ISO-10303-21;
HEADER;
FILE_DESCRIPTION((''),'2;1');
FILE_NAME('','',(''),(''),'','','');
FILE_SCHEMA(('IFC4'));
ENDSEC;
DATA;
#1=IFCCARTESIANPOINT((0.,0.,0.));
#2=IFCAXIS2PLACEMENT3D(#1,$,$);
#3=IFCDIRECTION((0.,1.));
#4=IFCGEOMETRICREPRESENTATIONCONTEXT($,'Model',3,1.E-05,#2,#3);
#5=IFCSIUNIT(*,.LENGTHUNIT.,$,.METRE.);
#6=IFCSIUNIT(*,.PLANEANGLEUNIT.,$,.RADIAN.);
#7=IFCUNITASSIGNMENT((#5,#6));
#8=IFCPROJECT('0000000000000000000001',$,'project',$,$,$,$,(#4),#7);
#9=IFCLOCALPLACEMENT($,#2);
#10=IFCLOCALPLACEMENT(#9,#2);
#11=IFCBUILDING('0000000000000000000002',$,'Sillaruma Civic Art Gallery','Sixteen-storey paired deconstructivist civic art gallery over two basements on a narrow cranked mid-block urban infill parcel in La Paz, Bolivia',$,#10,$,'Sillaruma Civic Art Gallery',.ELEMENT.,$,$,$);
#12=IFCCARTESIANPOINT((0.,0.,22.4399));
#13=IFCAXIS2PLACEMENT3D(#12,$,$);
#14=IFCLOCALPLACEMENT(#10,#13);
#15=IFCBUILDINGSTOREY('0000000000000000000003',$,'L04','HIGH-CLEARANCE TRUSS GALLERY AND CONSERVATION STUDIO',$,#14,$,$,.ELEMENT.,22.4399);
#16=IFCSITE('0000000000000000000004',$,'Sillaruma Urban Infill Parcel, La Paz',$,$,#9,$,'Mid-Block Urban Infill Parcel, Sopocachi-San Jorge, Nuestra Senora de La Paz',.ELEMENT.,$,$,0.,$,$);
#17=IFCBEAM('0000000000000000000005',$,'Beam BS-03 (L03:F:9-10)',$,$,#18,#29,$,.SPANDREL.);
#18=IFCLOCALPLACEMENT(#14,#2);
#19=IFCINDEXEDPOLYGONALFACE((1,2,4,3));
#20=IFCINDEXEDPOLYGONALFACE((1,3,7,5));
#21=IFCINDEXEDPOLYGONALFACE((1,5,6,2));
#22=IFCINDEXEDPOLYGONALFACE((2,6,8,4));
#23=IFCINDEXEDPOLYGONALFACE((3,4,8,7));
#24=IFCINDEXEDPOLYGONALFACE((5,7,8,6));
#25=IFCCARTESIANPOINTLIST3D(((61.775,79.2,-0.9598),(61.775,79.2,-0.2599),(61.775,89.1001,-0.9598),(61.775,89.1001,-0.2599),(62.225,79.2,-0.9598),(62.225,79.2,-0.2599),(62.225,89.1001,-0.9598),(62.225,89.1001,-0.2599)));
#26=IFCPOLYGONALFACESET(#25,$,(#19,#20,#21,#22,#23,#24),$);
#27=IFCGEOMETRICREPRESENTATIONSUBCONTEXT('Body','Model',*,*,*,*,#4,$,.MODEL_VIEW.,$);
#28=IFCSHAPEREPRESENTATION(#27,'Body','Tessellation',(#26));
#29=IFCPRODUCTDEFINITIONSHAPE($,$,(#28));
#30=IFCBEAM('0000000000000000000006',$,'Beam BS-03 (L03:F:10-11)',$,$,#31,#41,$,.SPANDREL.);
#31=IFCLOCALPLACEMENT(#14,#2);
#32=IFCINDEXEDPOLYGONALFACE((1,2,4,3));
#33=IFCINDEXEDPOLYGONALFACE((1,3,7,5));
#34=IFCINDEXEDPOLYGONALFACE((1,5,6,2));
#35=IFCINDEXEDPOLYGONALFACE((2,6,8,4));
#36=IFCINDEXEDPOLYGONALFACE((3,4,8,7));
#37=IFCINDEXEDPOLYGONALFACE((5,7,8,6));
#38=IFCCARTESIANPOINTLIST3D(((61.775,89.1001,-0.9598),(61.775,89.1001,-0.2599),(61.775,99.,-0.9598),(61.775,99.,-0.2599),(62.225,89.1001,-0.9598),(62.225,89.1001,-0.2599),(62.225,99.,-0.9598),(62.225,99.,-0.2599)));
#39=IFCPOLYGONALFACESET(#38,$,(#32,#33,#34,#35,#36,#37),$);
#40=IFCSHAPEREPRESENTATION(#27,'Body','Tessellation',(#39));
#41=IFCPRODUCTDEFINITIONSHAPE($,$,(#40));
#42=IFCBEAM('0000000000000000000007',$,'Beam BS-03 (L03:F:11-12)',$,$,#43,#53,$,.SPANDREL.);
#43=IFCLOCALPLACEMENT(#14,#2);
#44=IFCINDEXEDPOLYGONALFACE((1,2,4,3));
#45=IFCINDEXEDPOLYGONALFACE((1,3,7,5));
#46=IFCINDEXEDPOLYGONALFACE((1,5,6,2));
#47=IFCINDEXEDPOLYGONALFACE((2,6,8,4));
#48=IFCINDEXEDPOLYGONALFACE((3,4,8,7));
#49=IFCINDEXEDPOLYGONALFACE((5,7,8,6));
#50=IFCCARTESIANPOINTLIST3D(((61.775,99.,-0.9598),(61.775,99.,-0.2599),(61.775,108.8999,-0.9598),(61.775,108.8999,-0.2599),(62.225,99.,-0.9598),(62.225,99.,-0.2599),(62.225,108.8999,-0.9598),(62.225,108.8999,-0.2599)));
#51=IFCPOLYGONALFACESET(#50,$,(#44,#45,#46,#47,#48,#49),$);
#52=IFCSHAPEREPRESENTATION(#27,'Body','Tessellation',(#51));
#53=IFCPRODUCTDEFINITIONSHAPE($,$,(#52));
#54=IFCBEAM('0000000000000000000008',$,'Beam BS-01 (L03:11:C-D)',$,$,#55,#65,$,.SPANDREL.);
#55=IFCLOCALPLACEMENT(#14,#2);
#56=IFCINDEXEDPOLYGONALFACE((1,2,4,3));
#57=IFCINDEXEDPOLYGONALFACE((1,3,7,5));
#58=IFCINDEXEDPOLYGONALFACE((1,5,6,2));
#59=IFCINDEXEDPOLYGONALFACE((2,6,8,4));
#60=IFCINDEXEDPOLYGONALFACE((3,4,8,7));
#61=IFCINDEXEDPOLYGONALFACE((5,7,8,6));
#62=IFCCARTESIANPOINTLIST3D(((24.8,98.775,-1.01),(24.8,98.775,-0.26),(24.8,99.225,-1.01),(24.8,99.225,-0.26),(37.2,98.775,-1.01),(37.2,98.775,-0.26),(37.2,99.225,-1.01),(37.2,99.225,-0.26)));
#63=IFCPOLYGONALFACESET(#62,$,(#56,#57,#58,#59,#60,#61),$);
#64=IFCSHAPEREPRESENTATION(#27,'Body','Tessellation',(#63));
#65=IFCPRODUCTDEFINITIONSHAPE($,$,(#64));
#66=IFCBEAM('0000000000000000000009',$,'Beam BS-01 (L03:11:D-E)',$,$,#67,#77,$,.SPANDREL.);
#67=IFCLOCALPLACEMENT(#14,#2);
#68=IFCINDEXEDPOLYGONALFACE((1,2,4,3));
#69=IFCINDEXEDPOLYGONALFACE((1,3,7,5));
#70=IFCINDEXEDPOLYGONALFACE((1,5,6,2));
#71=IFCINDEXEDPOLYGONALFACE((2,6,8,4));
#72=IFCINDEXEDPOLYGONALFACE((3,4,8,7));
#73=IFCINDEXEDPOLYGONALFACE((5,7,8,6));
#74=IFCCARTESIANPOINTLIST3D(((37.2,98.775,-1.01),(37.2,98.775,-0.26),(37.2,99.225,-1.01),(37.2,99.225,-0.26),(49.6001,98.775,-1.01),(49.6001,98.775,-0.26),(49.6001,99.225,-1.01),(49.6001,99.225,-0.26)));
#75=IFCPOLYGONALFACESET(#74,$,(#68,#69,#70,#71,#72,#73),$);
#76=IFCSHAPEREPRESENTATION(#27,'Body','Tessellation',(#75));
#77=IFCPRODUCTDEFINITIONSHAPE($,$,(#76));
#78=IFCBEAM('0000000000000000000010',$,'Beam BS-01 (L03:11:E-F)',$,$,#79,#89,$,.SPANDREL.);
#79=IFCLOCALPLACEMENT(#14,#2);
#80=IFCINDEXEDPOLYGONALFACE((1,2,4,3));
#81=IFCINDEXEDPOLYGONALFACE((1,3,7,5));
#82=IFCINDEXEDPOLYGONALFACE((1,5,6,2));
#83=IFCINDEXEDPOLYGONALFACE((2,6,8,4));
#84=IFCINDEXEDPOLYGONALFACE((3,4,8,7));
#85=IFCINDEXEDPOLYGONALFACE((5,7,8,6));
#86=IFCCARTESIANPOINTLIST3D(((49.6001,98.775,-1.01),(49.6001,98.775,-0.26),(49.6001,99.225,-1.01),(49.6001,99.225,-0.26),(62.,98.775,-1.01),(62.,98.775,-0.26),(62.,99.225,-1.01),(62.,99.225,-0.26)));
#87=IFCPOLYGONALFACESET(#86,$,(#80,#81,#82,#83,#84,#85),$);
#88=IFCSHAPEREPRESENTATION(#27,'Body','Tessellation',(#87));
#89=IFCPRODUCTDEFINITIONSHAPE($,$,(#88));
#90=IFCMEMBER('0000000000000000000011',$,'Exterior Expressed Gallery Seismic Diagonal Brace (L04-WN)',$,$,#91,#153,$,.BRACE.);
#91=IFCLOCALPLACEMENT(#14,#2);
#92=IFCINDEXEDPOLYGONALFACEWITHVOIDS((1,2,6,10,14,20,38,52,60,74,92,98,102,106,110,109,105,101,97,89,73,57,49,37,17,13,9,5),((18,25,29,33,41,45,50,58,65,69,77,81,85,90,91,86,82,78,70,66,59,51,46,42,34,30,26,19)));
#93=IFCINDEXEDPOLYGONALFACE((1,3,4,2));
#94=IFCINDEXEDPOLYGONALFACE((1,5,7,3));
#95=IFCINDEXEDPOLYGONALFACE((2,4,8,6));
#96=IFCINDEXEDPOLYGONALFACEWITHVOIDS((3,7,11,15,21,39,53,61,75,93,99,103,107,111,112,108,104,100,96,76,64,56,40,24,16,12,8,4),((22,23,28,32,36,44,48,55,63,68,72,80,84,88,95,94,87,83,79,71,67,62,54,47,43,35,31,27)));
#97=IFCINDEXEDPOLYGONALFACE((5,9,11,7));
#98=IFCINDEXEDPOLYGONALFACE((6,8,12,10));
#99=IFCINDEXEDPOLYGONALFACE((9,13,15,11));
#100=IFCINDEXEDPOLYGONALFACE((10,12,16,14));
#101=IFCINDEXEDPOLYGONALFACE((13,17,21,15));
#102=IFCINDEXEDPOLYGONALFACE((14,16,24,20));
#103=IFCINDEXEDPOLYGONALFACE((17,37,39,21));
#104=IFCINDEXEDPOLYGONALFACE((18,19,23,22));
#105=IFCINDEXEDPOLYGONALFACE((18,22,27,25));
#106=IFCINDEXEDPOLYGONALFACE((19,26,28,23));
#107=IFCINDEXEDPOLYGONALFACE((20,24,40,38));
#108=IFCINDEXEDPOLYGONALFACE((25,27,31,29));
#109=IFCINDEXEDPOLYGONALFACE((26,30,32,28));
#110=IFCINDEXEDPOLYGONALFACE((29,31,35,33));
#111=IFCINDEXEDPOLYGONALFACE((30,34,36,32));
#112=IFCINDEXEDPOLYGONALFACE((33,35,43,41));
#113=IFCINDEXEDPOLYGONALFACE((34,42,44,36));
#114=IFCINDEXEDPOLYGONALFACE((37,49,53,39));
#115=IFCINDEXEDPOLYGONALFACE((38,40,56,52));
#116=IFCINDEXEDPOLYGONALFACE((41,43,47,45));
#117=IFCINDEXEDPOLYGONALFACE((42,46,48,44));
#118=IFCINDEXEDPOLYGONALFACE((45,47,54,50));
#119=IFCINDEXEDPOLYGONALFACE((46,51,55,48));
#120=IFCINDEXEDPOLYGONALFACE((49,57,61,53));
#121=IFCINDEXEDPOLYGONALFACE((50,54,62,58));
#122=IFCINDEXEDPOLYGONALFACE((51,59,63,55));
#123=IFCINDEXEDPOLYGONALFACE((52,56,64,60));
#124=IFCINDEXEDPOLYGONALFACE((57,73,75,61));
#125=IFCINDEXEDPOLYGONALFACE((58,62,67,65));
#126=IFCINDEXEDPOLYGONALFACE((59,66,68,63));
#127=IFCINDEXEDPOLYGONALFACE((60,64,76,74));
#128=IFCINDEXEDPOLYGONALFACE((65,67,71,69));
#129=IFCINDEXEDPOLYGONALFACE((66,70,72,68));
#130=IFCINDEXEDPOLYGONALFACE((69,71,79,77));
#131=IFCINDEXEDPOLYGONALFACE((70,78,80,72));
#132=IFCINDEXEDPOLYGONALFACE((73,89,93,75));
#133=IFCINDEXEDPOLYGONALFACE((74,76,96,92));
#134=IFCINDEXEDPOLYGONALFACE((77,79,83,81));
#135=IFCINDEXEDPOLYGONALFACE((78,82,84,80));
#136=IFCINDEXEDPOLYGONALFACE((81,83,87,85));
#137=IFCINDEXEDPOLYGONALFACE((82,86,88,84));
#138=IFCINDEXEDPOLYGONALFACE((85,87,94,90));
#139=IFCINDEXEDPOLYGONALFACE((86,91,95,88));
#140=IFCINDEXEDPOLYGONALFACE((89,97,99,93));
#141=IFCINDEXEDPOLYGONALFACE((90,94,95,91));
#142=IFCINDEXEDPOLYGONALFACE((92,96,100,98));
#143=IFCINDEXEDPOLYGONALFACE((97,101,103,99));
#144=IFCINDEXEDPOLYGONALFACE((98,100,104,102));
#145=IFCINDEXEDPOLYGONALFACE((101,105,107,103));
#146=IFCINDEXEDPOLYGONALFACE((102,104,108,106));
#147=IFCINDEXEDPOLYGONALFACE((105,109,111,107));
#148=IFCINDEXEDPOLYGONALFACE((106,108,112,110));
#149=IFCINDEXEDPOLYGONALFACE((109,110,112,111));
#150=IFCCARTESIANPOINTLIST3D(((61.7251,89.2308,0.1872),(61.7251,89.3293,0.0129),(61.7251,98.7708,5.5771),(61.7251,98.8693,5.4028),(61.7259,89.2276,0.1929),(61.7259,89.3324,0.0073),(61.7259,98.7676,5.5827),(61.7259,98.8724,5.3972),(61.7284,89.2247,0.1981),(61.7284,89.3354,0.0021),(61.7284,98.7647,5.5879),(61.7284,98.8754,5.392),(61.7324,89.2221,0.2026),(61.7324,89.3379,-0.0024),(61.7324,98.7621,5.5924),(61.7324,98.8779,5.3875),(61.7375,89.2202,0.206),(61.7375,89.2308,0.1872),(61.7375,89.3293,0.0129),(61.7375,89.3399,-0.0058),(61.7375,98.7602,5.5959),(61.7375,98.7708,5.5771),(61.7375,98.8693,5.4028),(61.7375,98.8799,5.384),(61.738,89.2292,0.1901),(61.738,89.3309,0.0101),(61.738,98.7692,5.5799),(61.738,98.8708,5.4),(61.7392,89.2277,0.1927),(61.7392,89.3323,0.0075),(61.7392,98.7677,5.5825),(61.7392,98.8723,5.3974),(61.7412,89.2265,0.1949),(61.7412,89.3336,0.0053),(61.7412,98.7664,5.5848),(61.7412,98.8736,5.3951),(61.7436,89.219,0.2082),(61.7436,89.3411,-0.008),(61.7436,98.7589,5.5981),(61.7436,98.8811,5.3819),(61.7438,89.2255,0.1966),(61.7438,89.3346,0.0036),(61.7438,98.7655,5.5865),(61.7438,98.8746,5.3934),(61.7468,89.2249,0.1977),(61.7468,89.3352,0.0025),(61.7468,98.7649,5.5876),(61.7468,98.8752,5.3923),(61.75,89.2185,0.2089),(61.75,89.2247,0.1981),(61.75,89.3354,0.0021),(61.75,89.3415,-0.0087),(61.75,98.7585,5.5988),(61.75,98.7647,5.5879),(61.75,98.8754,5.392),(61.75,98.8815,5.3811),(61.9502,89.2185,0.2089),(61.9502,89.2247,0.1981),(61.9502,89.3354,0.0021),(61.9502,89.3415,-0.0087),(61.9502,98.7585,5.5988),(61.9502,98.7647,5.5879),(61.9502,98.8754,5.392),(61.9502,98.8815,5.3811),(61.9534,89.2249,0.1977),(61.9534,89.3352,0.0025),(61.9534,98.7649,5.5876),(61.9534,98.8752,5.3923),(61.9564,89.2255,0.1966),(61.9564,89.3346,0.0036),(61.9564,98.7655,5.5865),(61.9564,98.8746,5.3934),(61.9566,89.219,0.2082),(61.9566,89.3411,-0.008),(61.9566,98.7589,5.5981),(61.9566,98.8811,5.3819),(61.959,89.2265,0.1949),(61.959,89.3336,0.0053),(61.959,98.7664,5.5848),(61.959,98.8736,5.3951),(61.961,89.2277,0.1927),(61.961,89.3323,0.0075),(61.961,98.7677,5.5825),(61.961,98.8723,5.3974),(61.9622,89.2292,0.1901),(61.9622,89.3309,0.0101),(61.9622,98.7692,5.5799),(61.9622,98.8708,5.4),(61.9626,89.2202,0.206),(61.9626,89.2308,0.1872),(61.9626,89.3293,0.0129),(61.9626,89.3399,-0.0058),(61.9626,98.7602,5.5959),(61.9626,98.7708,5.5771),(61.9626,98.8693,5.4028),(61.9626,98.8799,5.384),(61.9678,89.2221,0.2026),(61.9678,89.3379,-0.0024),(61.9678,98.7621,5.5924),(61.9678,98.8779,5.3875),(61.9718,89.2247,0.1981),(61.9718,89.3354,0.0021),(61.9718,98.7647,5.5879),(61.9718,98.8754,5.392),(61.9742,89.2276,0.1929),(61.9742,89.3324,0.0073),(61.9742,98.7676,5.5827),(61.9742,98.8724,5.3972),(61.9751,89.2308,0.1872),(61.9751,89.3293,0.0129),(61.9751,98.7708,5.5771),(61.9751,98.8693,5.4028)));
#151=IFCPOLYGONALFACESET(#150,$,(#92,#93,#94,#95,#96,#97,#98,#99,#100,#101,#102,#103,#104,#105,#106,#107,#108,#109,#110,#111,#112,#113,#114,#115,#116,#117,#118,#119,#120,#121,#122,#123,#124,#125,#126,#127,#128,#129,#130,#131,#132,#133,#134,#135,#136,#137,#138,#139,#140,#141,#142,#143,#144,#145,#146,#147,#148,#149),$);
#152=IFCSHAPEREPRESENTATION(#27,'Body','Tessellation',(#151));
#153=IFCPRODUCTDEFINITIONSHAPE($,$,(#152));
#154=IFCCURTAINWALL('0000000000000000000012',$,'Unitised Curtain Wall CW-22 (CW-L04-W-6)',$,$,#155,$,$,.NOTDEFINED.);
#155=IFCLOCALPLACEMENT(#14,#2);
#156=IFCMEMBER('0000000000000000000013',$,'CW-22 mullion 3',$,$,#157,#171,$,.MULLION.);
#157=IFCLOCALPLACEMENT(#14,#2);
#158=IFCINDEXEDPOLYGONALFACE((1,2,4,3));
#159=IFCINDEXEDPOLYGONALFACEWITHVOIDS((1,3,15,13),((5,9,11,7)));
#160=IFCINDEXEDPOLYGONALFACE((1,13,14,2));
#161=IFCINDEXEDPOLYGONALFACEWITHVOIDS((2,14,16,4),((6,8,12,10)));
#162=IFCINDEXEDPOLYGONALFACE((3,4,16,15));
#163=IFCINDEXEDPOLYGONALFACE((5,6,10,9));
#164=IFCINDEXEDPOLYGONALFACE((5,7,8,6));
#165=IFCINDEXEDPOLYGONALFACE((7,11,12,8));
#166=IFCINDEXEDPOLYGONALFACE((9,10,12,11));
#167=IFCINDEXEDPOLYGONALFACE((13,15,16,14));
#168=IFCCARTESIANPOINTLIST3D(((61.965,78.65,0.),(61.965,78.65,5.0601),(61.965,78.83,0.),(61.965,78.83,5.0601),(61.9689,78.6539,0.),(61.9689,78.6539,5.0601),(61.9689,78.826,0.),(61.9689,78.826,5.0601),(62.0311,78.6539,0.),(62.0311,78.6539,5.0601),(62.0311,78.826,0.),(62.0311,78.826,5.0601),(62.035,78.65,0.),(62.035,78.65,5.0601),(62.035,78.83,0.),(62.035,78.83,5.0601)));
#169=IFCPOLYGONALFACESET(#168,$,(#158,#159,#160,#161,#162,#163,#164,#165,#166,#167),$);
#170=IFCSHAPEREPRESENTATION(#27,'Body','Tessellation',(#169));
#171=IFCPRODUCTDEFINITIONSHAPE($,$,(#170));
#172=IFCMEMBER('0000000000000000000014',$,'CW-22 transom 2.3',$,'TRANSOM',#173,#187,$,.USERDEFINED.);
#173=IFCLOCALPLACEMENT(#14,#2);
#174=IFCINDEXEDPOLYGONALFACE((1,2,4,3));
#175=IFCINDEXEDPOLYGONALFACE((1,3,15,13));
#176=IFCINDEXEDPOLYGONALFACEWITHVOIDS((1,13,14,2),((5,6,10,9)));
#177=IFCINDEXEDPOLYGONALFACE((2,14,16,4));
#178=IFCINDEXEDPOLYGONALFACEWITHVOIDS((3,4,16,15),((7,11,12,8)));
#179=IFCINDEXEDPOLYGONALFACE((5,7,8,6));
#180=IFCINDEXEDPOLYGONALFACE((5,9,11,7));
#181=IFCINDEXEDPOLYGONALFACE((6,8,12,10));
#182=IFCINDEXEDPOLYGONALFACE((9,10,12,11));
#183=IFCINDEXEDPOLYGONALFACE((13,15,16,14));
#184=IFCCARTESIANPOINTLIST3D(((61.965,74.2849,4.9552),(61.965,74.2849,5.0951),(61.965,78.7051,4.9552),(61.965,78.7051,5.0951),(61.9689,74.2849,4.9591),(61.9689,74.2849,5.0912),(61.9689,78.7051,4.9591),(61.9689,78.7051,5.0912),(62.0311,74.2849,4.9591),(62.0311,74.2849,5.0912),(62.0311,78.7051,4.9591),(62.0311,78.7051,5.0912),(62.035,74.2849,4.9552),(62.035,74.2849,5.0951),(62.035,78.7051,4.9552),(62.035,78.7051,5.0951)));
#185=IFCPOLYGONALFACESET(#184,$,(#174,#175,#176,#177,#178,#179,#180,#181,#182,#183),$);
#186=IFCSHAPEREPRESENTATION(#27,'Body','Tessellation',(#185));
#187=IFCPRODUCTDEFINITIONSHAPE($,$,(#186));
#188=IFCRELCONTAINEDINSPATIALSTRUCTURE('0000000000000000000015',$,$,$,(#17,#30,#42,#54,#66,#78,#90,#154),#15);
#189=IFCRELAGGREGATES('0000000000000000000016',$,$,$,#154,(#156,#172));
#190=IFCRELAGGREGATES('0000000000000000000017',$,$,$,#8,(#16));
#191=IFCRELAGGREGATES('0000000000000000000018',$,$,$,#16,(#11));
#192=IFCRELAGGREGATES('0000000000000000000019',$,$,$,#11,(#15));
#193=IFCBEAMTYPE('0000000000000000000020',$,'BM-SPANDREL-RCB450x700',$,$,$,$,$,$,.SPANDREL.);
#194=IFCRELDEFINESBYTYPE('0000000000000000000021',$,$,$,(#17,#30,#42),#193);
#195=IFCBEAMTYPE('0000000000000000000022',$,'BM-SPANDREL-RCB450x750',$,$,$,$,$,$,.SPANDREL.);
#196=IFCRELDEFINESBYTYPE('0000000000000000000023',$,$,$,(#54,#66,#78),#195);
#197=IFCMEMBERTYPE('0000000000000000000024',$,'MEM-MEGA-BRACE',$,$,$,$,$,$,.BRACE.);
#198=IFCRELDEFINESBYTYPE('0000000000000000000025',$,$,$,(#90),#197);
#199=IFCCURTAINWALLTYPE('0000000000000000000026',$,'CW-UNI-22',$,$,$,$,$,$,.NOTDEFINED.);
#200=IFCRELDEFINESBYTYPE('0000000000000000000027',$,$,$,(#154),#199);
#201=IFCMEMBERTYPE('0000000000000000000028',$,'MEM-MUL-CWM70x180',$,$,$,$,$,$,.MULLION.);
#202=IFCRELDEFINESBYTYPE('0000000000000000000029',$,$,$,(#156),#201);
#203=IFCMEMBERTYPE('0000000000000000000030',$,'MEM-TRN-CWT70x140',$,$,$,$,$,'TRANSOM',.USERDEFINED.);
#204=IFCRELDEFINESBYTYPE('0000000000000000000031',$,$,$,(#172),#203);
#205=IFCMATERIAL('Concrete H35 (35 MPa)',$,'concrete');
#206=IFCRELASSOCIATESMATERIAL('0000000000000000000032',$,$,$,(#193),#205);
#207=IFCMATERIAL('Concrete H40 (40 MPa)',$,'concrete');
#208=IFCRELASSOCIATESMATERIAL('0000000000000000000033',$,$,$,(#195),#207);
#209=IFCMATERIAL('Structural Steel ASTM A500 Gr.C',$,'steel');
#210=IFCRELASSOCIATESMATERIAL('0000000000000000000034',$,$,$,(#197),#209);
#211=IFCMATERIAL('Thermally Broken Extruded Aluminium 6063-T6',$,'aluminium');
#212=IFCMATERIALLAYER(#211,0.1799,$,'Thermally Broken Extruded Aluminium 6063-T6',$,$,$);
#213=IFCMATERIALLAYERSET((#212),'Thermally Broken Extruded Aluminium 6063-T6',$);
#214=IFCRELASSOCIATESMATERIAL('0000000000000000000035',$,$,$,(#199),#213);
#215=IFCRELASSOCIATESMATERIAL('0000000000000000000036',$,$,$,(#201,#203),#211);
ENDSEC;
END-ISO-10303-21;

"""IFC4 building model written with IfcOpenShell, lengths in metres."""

from ifc_helpers import new_model, si_unit, direction, frame, origin, origin_2d, place, context, subcontext, project, spatial, rectangle, hollow_rectangle, extrude, material, layer, layer_set, material_profile, profile_set, type_object, element, aggregate, save


model = new_model("IFC4")

# Units and contexts
model_context = context("Model", 3, precision=1e-05, world=origin(), true_north=direction((0.0, 1.0)))
body_context = subcontext(model_context, "Body", "Model", "MODEL_VIEW")
ifc_project = project(units=[si_unit("LENGTHUNIT", "METRE"), si_unit("PLANEANGLEUNIT", "RADIAN")], contexts=[model_context])

# Site, building, storey
site_placement = place(None, origin())
site = spatial("IfcSite", under=ifc_project, at=site_placement, Name="Sillaruma Urban Infill Parcel, La Paz", LongName="Mid-Block Urban Infill Parcel, Sopocachi-San Jorge, Nuestra Senora de La Paz", CompositionType="ELEMENT", RefElevation=0.0)
building_placement = place(site_placement, origin())
building = spatial("IfcBuilding", under=site, at=building_placement, Name="Sillaruma Civic Art Gallery", Description="Sixteen-storey paired deconstructivist civic art gallery over two basements on a narrow cranked mid-block urban infill parcel in La Paz, Bolivia", LongName="Sillaruma Civic Art Gallery", CompositionType="ELEMENT")
storey_placement = place(building_placement, frame((0.0, 0.0, 22.4399)))
storey = spatial("IfcBuildingStorey", under=building, at=storey_placement, Name="L04", Description="HIGH-CLEARANCE TRUSS GALLERY AND CONSERVATION STUDIO", CompositionType="ELEMENT", Elevation=22.4399)

# Shared definitions
ifc_material_1 = material(Name="Concrete H40 (40 MPa)", Category="concrete")

# Beams
ifc_material_2 = material(Name="Concrete H35 (35 MPa)", Category="concrete")
ifc_material_profile_1 = material_profile(ifc_material_2, rectangle(XDim=0.45, YDim=0.7, at=origin_2d()), Name="RCB450x700")
ifc_profile_set_1 = profile_set([ifc_material_profile_1], Name="Concrete H35 (35 MPa)")
beam_type_1 = type_object("IfcBeamType", Name="BM-SPANDREL-RCB450x700", PredefinedType="SPANDREL", material=ifc_profile_set_1)
beam_1_placement = place(storey_placement, frame((62.0, 79.2, -0.6099), z_axis=(0.0, 1.0, 0.0), x_axis=(-1.0, 0.0, 0.0)))
element("IfcBeam", 1, at=beam_1_placement, inside=storey, type_object=beam_type_1, Name="Beam BS-03 (L03:F:9-10)", PredefinedType="SPANDREL", context=body_context, shape_type="SweptSolid", body=[
    extrude(rectangle(XDim=0.45, YDim=0.7, at=origin_2d()), origin(), (0.0, 0.0, 1.0), 9.9001),
])
for number, where, z_axis, x_axis, name in (
    (2, (62.0, 89.1001, -0.6099), (0.0, 1.0, 0.0), (-1.0, 0.0, 0.0), "Beam BS-03 (L03:F:10-11)"),
    (3, (62.0, 99.0, -0.6099), (0.0, 1.0, 0.0), (-1.0, 0.0, 0.0), "Beam BS-03 (L03:F:11-12)"),
):
    element("IfcBeam", number, at=place(storey_placement, frame(where, z_axis=z_axis, x_axis=x_axis)), inside=storey, type_object=beam_type_1, Name=name, PredefinedType="SPANDREL", context=body_context, shape_type="SweptSolid", body=[
        extrude(rectangle(XDim=0.45, YDim=0.7, at=origin_2d()), origin(), (0.0, 0.0, 1.0), 9.8999),
    ])
ifc_material_profile_2 = material_profile(ifc_material_1, rectangle(XDim=0.45, YDim=0.75, at=origin_2d()), Name="RCB450x750")
ifc_profile_set_2 = profile_set([ifc_material_profile_2], Name="Concrete H40 (40 MPa)")
beam_type_2 = type_object("IfcBeamType", Name="BM-SPANDREL-RCB450x750", PredefinedType="SPANDREL", material=ifc_profile_set_2)
beam_2_placement = place(storey_placement, frame((24.8, 99.0, -0.635), z_axis=(1.0, 0.0, 0.0), x_axis=(0.0, 1.0, 0.0)))
element("IfcBeam", 4, at=beam_2_placement, inside=storey, type_object=beam_type_2, Name="Beam BS-01 (L03:11:C-D)", PredefinedType="SPANDREL", context=body_context, shape_type="SweptSolid", body=[
    extrude(rectangle(XDim=0.45, YDim=0.75, at=origin_2d()), origin(), (0.0, 0.0, 1.0), 12.3999),
])
beam_3_placement = place(storey_placement, frame((37.2, 99.0, -0.635), z_axis=(1.0, 0.0, 0.0), x_axis=(0.0, 1.0, 0.0)))
element("IfcBeam", 5, at=beam_3_placement, inside=storey, type_object=beam_type_2, Name="Beam BS-01 (L03:11:D-E)", PredefinedType="SPANDREL", context=body_context, shape_type="SweptSolid", body=[
    extrude(rectangle(XDim=0.45, YDim=0.75, at=origin_2d()), origin(), (0.0, 0.0, 1.0), 12.4001),
])
beam_4_placement = place(storey_placement, frame((49.6001, 99.0, -0.635), z_axis=(1.0, 0.0, 0.0), x_axis=(0.0, 1.0, 0.0)))
element("IfcBeam", 6, at=beam_4_placement, inside=storey, type_object=beam_type_2, Name="Beam BS-01 (L03:11:E-F)", PredefinedType="SPANDREL", context=body_context, shape_type="SweptSolid", body=[
    extrude(rectangle(XDim=0.45, YDim=0.75, at=origin_2d()), origin(), (0.0, 0.0, 1.0), 12.3999),
])

# Member
ifc_material_3 = material(Name="Structural Steel ASTM A500 Gr.C", Category="steel")
ifc_material_profile_3 = material_profile(ifc_material_3, hollow_rectangle(XDim=0.25, YDim=0.25, WallThickness=0.0125, InnerFilletRadius=0.0125, OuterFilletRadius=0.0249, at=origin_2d()), Name="HSS250x250x12.5")
ifc_profile_set_3 = profile_set([ifc_material_profile_3], Name="Structural Steel ASTM A500 Gr.C")
member_type_1 = type_object("IfcMemberType", Name="MEM-MEGA-BRACE", PredefinedType="BRACE", material=ifc_profile_set_3)
member_1_placement = place(storey_placement, frame((61.8501, 89.28, 0.1001), z_axis=(0.0, 0.870653, 0.491898), x_axis=(-1.0, 0.0, 0.0)))
element("IfcMember", 7, at=member_1_placement, inside=storey, type_object=member_type_1, Name="Exterior Expressed Gallery Seismic Diagonal Brace (L04-WN)", PredefinedType="BRACE", context=body_context, shape_type="SweptSolid", body=[
    extrude(hollow_rectangle(XDim=0.25, YDim=0.25, WallThickness=0.0125, InnerFilletRadius=0.0125, OuterFilletRadius=0.0249, at=origin_2d()), origin(), (0.0, 0.0, 1.0), 10.9573),
])

# Curtain wall, members
ifc_material_4 = material(Name="Thermally Broken Extruded Aluminium 6063-T6", Category="aluminium")
ifc_layer_1 = layer(ifc_material_4, 0.1799, Name="Thermally Broken Extruded Aluminium 6063-T6")
ifc_layer_set_1 = layer_set([ifc_layer_1], Name="Thermally Broken Extruded Aluminium 6063-T6")
curtain_wall_type = type_object("IfcCurtainWallType", Name="CW-UNI-22", PredefinedType="NOTDEFINED", material=ifc_layer_set_1)
curtain_wall_placement = place(storey_placement, origin())
curtain_wall = element("IfcCurtainWall", 8, at=curtain_wall_placement, inside=storey, type_object=curtain_wall_type, Name="Unitised Curtain Wall CW-22 (CW-L04-W-6)", PredefinedType="NOTDEFINED")
ifc_material_profile_4 = material_profile(ifc_material_4, hollow_rectangle(XDim=0.0701, YDim=0.1799, WallThickness=0.0039, at=origin_2d()), Name="CWM70x180")
ifc_profile_set_4 = profile_set([ifc_material_profile_4], Name="Thermally Broken Extruded Aluminium 6063-T6")
member_type_2 = type_object("IfcMemberType", Name="MEM-MUL-CWM70x180", PredefinedType="MULLION", material=ifc_profile_set_4)
member_2_placement = place(storey_placement, frame((62.0, 78.74, 0.0), z_axis=(0.0, 0.0, 1.0), x_axis=(-1.0, 0.0, 0.0)))
member_2 = element("IfcMember", 9, at=member_2_placement, type_object=member_type_2, Name="CW-22 mullion 3", PredefinedType="MULLION", context=body_context, shape_type="SweptSolid", body=[
    extrude(hollow_rectangle(XDim=0.0701, YDim=0.1799, WallThickness=0.0039, at=origin_2d()), origin(), (0.0, 0.0, 1.0), 5.0601),
])
ifc_material_profile_5 = material_profile(ifc_material_4, hollow_rectangle(XDim=0.0701, YDim=0.1399, WallThickness=0.0039, at=origin_2d()), Name="CWT70x140")
ifc_profile_set_5 = profile_set([ifc_material_profile_5], Name="Thermally Broken Extruded Aluminium 6063-T6")
member_type_3 = type_object("IfcMemberType", Name="MEM-TRN-CWT70x140", ElementType="TRANSOM", PredefinedType="USERDEFINED", material=ifc_profile_set_5)
member_3_placement = place(storey_placement, frame((62.0, 74.2849, 5.0251), z_axis=(0.0, 1.0, 0.0), x_axis=(-1.0, 0.0, 0.0)))
member_3 = element("IfcMember", 10, at=member_3_placement, type_object=member_type_3, Name="CW-22 transom 2.3", ObjectType="TRANSOM", PredefinedType="USERDEFINED", context=body_context, shape_type="SweptSolid", body=[
    extrude(hollow_rectangle(XDim=0.0701, YDim=0.1399, WallThickness=0.0039, at=origin_2d()), origin(), (0.0, 0.0, 1.0), 4.4202),
])
aggregate(curtain_wall, [member_2, member_3])

save(model, "model.ifc")
